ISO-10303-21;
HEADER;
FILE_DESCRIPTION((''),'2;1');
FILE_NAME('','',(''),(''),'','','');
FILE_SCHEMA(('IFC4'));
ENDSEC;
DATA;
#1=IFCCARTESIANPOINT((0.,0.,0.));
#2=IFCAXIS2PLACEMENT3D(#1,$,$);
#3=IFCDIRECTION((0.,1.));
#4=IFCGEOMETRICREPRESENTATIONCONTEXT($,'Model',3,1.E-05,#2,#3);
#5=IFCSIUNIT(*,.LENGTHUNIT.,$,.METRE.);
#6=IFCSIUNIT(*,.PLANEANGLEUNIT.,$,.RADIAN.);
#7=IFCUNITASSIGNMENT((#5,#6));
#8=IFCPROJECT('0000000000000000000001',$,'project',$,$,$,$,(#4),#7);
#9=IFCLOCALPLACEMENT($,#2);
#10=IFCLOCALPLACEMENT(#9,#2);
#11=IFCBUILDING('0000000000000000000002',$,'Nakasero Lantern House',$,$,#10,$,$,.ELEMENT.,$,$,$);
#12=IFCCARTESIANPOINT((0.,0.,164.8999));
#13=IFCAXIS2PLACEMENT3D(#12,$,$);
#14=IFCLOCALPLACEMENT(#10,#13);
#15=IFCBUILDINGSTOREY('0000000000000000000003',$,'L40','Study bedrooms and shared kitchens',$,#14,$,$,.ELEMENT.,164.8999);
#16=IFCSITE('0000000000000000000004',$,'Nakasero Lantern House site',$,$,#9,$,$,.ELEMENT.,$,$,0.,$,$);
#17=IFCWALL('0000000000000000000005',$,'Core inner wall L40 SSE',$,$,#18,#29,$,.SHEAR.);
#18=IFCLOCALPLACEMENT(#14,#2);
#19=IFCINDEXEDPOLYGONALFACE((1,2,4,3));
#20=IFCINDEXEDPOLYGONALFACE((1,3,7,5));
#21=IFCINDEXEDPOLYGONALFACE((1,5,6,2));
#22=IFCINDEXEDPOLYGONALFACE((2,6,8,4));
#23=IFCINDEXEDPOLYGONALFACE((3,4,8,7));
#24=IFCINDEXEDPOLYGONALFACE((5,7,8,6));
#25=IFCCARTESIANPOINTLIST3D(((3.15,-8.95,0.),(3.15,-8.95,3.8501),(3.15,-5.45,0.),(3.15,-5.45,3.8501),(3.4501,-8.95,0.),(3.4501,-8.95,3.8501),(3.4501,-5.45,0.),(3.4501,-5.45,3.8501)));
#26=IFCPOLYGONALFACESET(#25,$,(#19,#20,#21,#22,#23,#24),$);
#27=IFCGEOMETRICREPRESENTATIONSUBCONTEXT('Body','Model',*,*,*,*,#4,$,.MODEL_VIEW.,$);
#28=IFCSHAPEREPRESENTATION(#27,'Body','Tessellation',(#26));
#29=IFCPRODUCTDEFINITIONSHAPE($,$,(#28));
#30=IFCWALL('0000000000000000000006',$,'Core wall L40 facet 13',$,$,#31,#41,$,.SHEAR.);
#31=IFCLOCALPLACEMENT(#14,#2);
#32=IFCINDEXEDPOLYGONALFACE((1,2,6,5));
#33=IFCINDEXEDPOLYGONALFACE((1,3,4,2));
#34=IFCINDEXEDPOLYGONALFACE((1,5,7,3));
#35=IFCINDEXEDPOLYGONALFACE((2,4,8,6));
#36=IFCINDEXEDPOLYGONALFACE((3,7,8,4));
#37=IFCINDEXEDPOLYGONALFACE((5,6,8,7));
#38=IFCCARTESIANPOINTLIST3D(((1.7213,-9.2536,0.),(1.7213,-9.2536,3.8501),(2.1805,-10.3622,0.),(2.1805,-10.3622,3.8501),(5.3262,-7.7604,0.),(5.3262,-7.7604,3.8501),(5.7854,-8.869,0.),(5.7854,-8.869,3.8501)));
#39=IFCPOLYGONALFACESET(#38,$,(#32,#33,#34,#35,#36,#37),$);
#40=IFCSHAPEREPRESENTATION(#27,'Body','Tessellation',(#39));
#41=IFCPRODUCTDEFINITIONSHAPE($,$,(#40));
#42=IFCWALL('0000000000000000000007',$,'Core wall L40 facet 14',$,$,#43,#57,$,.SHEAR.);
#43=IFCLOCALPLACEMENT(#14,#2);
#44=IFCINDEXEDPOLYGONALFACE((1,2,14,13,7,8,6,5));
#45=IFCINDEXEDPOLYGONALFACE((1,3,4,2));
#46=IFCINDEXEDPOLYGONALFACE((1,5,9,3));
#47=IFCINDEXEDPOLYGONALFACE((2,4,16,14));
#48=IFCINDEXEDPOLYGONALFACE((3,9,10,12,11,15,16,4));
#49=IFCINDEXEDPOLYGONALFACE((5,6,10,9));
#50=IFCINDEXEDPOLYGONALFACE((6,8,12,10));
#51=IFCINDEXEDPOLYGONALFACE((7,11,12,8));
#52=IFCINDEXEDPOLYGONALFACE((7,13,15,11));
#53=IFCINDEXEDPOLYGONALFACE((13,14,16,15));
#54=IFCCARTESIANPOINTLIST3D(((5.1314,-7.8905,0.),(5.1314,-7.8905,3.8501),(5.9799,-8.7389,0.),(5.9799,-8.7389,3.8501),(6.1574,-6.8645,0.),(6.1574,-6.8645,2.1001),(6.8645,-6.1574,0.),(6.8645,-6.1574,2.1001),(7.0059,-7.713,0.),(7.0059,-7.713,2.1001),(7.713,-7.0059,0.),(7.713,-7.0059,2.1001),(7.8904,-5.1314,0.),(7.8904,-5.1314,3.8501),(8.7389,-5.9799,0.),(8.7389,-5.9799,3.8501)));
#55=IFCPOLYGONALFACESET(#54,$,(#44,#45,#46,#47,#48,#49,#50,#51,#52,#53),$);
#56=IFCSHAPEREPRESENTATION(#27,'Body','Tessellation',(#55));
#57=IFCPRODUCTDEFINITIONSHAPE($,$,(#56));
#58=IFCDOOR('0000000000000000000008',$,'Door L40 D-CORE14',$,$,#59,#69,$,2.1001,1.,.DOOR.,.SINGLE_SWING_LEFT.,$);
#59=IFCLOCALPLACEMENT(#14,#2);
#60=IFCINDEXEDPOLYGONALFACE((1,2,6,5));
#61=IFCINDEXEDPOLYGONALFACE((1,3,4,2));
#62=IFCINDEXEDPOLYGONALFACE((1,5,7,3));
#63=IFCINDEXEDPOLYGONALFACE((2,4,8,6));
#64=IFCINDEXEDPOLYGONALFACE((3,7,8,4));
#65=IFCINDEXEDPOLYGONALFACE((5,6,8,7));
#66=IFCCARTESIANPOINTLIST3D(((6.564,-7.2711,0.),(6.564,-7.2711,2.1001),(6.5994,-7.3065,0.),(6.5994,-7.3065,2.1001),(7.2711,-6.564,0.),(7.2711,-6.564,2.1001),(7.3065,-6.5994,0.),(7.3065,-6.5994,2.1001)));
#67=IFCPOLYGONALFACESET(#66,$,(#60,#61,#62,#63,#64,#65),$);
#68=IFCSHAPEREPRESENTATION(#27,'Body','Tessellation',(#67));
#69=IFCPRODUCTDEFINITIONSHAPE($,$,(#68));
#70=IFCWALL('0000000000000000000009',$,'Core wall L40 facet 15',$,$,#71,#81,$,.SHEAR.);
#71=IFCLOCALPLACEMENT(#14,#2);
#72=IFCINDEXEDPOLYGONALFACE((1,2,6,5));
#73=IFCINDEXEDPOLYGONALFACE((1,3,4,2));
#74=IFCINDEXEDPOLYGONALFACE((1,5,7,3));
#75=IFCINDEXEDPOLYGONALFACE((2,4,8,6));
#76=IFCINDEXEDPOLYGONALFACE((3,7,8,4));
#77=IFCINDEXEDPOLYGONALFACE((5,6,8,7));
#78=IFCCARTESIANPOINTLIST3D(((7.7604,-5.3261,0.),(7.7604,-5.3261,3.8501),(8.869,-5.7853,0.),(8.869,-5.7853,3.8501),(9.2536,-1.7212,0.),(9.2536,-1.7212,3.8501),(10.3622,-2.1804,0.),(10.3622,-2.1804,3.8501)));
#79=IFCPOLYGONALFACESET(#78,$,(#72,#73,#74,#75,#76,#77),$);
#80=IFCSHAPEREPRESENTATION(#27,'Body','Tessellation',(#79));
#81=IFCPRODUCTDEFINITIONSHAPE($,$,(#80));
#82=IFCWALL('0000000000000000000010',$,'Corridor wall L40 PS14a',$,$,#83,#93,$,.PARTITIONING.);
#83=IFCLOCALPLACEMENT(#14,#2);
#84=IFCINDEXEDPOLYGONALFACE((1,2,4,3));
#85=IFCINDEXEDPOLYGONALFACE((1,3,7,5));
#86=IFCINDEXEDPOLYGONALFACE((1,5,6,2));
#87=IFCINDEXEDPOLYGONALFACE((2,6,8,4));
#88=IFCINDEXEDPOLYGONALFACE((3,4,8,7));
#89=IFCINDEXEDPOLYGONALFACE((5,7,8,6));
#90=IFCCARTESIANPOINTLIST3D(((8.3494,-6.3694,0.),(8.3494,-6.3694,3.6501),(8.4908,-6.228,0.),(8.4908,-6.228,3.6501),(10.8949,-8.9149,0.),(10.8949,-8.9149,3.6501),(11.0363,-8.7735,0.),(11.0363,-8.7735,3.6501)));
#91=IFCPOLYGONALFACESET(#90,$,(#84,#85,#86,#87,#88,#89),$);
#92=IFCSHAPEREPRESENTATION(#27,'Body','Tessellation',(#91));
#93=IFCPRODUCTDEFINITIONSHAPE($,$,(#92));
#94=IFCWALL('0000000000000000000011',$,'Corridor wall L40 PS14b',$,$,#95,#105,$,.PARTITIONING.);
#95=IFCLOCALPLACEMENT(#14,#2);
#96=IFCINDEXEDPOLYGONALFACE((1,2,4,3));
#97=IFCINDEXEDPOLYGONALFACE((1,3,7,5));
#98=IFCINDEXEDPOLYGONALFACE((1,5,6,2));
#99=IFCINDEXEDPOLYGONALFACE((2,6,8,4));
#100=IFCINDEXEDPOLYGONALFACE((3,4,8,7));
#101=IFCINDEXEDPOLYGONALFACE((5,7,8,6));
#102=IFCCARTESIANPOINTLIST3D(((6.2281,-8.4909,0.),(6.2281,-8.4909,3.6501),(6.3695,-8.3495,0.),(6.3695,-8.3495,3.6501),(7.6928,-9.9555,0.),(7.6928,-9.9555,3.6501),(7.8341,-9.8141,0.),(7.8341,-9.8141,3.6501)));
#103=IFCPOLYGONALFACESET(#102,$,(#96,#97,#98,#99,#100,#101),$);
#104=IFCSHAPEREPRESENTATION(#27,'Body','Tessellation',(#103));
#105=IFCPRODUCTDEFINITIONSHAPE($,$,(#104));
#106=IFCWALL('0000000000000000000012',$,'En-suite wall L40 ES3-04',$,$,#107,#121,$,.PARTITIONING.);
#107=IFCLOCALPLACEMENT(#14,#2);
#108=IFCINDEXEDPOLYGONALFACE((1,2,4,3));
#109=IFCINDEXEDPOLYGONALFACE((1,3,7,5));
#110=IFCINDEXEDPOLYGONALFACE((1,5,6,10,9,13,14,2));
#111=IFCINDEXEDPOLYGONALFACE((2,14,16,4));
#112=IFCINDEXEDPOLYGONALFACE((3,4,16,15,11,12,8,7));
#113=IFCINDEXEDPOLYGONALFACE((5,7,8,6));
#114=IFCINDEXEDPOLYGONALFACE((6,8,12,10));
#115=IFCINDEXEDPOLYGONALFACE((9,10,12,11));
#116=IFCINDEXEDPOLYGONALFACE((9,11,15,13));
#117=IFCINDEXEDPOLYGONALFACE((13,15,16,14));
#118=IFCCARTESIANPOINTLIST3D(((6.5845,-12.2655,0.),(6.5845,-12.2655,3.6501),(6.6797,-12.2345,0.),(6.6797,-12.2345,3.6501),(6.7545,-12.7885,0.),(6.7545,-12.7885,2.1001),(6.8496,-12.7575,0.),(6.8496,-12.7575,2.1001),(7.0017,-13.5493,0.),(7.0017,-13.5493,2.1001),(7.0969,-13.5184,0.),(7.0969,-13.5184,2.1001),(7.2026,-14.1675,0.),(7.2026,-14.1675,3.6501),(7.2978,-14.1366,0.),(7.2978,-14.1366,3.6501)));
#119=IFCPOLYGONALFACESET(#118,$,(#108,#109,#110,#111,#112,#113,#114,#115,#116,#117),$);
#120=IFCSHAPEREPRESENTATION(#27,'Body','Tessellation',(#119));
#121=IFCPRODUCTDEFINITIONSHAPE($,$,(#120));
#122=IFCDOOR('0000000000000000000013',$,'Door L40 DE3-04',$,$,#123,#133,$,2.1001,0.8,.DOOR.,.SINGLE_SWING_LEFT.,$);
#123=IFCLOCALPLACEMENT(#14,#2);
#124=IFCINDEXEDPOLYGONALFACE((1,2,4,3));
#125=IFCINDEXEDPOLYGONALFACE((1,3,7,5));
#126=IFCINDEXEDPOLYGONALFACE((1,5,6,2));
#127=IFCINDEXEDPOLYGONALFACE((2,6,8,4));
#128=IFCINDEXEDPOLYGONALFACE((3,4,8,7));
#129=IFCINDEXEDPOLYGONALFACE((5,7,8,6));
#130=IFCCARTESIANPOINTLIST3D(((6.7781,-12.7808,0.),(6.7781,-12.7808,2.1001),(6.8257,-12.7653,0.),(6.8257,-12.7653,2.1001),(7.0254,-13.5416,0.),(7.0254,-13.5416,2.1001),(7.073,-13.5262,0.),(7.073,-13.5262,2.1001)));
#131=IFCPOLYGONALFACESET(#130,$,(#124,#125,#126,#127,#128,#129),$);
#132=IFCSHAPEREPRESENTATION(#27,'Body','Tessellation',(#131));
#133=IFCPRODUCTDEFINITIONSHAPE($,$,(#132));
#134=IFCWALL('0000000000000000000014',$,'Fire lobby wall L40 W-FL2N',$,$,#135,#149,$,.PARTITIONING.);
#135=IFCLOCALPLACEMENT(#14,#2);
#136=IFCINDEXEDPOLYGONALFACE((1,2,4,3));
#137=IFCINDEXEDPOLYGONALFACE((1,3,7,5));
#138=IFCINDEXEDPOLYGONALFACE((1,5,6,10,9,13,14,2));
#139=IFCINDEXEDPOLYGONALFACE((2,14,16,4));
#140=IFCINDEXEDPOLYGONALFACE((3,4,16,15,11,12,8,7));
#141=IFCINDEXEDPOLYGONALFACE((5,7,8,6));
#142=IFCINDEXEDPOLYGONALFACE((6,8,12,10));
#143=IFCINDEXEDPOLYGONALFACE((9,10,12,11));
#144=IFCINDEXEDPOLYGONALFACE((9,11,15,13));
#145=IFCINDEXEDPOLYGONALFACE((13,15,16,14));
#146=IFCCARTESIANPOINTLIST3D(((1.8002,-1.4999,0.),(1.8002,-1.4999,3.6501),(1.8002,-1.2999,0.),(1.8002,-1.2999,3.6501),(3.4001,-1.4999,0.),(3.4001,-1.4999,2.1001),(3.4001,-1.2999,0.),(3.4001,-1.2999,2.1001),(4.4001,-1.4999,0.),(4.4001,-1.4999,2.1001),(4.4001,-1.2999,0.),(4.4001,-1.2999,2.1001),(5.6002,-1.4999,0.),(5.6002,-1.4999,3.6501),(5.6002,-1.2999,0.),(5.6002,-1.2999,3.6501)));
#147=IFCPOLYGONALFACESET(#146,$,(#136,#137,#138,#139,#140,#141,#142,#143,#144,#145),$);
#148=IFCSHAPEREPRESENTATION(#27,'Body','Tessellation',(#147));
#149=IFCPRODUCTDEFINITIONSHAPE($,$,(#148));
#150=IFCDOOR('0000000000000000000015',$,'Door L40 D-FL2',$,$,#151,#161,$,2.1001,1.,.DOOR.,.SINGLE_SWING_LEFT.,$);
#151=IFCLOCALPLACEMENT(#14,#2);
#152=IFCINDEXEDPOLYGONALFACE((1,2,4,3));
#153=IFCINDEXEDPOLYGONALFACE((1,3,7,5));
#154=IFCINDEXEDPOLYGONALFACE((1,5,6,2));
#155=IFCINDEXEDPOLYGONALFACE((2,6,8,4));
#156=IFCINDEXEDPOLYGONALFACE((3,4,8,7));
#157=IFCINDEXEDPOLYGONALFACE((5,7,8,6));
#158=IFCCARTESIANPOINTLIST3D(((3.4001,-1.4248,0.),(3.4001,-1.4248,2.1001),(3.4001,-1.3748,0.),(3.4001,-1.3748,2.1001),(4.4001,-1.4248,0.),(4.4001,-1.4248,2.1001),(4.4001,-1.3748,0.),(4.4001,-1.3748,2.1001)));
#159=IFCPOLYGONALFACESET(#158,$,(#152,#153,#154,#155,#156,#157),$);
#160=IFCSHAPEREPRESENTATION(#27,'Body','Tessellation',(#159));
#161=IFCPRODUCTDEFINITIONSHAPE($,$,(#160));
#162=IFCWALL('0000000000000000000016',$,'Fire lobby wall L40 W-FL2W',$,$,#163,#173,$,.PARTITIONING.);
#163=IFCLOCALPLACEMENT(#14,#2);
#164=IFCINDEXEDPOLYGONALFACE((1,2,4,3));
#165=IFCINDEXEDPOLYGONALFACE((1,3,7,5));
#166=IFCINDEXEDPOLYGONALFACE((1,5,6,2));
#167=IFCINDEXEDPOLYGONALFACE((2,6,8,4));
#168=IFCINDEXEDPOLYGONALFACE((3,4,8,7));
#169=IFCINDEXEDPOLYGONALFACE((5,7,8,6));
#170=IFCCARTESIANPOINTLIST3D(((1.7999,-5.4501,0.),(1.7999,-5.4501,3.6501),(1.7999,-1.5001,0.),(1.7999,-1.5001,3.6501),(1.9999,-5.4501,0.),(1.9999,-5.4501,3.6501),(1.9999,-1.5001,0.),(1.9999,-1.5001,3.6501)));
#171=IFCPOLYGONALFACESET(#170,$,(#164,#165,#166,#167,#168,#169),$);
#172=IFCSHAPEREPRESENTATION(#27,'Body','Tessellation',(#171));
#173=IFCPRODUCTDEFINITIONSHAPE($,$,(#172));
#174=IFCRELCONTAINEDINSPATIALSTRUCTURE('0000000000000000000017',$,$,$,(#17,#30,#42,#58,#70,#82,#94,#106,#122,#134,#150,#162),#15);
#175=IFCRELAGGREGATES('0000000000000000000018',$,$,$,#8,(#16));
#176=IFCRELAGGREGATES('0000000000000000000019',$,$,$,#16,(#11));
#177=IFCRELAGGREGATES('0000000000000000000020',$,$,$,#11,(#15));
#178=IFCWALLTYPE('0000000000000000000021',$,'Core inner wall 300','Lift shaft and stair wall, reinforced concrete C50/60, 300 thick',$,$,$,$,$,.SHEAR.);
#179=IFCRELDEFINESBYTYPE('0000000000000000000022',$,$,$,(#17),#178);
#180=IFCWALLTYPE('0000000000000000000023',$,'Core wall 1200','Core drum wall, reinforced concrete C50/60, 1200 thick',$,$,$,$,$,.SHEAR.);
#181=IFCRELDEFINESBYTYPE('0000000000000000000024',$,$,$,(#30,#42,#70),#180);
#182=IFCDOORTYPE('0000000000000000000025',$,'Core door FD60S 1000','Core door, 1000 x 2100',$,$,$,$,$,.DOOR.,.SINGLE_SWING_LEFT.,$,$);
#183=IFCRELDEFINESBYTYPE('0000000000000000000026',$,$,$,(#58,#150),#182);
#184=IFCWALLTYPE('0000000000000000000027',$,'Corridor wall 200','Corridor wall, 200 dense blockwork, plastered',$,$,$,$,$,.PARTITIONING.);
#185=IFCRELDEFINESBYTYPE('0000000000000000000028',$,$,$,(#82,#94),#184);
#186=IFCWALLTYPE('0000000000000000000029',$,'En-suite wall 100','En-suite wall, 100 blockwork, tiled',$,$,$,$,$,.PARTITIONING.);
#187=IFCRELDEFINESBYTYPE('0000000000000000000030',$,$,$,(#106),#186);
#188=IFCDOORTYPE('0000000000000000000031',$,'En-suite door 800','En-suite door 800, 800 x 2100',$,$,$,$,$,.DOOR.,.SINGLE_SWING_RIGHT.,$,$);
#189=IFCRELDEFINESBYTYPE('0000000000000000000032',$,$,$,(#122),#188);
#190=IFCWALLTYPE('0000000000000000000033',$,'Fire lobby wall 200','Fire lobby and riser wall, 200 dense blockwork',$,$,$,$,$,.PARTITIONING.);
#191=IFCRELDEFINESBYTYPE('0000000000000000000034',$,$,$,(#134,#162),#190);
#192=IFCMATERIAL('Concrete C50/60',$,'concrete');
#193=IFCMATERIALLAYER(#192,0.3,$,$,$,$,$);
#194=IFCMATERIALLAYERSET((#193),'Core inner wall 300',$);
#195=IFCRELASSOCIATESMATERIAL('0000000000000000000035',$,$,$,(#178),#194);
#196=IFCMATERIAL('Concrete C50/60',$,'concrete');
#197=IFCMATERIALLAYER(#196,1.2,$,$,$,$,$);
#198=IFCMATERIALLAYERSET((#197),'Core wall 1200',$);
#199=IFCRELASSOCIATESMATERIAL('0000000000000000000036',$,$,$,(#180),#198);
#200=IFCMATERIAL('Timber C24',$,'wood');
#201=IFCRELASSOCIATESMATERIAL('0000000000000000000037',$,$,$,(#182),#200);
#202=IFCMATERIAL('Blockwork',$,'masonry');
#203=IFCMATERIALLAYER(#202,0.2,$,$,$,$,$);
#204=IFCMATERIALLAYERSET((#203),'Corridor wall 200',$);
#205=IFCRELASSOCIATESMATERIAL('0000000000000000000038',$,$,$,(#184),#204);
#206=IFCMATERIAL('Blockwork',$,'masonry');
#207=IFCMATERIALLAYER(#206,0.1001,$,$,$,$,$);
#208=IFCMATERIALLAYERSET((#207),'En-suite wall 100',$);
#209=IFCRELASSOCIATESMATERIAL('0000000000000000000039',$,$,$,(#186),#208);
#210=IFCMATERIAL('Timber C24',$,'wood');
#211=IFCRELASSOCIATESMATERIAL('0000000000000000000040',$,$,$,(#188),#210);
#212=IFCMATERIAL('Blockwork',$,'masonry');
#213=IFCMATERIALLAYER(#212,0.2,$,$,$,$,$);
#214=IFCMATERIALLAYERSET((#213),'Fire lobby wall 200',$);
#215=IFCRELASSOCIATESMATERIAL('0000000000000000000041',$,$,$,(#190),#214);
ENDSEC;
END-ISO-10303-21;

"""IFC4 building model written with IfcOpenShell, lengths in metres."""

from ifc_helpers import new_model, si_unit, direction, frame, frame_2d, origin, place, context, subcontext, project, spatial, rectangle, extrude, material, layer, layer_set, type_object, element, fill, save


model = new_model("IFC4")

# Units and contexts
model_context = context("Model", 3, precision=1e-05, world=origin(), true_north=direction((0.0, 1.0)))
body_context = subcontext(model_context, "Body", "Model", "MODEL_VIEW")
ifc_project = project(units=[si_unit("LENGTHUNIT", "METRE"), si_unit("PLANEANGLEUNIT", "RADIAN")], contexts=[model_context])

# Site, building, storey
site_placement = place(None, origin())
site = spatial("IfcSite", under=ifc_project, at=site_placement, Name="Nakasero Lantern House site", CompositionType="ELEMENT", RefElevation=0.0)
building_placement = place(site_placement, origin())
building = spatial("IfcBuilding", under=site, at=building_placement, Name="Nakasero Lantern House", CompositionType="ELEMENT")
storey_placement = place(building_placement, frame((0.0, 0.0, 164.8999)))
storey = spatial("IfcBuildingStorey", under=building, at=storey_placement, Name="L40", Description="Study bedrooms and shared kitchens", CompositionType="ELEMENT", Elevation=164.8999)

# Shared definitions
ifc_material_1 = material(Name="Concrete C50/60", Category="concrete")
ifc_layer_1 = layer(ifc_material_1, 0.3)
ifc_layer_set_1 = layer_set([ifc_layer_1], Name="Core inner wall 300")
wall_type_1 = type_object("IfcWallType", Name="Core inner wall 300", Description="Lift shaft and stair wall, reinforced concrete C50/60, 300 thick", PredefinedType="SHEAR", material=ifc_layer_set_1)

# Walls
wall_1_placement = place(storey_placement, frame((3.3, -5.45, 0.0), z_axis=(0.0, 0.0, 1.0), x_axis=(0.0, -1.0, 0.0)))
element("IfcWall", 1, at=wall_1_placement, inside=storey, type_object=wall_type_1, Name="Core inner wall L40 SSE", PredefinedType="SHEAR", context=body_context, shape_type="SweptSolid", body=[
    extrude(rectangle(XDim=3.5, YDim=0.3, at=frame_2d((1.75, 0.0))), origin(), (0.0, 0.0, 1.0), 3.8501),
])
ifc_material_2 = material(Name="Concrete C50/60", Category="concrete")
ifc_layer_2 = layer(ifc_material_2, 1.2)
ifc_layer_set_2 = layer_set([ifc_layer_2], Name="Core wall 1200")
wall_type_2 = type_object("IfcWallType", Name="Core wall 1200", Description="Core drum wall, reinforced concrete C50/60, 1200 thick", PredefinedType="SHEAR", material=ifc_layer_set_2)
wall_2_placement = place(storey_placement, frame((1.9509, -9.8079, 0.0), z_axis=(0.0, 0.0, 1.0), x_axis=(0.923877, 0.382691, 0.0)))
element("IfcWall", 2, at=wall_2_placement, inside=storey, type_object=wall_type_2, Name="Core wall L40 facet 13", PredefinedType="SHEAR", context=body_context, shape_type="SweptSolid", body=[
    extrude(rectangle(XDim=3.9019, YDim=1.2, at=frame_2d((1.9509, 0.0))), origin(), (0.0, 0.0, 1.0), 3.8501),
])

# Wall, opening, door
wall_3_placement = place(storey_placement, frame((5.5557, -8.3147, 0.0), z_axis=(0.0, 0.0, 1.0), x_axis=(0.707107, 0.707107, 0.0)))
wall_3 = element("IfcWall", 3, at=wall_3_placement, inside=storey, type_object=wall_type_2, Name="Core wall L40 facet 14", PredefinedType="SHEAR", context=body_context, shape_type="SweptSolid", body=[
    extrude(rectangle(XDim=3.9019, YDim=1.2, at=frame_2d((1.9509, 0.0))), origin(), (0.0, 0.0, 1.0), 3.8501),
])
opening_1_placement = place(wall_3_placement, frame((1.4509, 0.0, 0.0)))
opening_1 = element("IfcOpeningElement", 4, at=opening_1_placement, cuts=wall_3, PredefinedType="OPENING", context=body_context, shape_type="SweptSolid", body=[
    extrude(rectangle(XDim=1.0, YDim=2.1001, at=frame_2d((0.5, 1.05))), frame((0.0, 0.6199, 0.0), z_axis=(0.0, -1.0, 0.0), x_axis=(1.0, 0.0, 0.0)), (0.0, 0.0, 1.0), 1.24),
])
ifc_material_3 = material(Name="Timber C24", Category="wood")
door_type_1 = type_object("IfcDoorType", Name="Core door FD60S 1000", Description="Core door, 1000 x 2100", OperationType="SINGLE_SWING_LEFT", PredefinedType="DOOR", material=ifc_material_3)
door_1_placement = place(opening_1_placement, origin())
door_1 = element("IfcDoor", 5, at=door_1_placement, inside=storey, type_object=door_type_1, Name="Door L40 D-CORE14", OperationType="SINGLE_SWING_LEFT", OverallHeight=2.1001, OverallWidth=1.0, PredefinedType="DOOR", context=body_context, shape_type="SweptSolid", body=[
    extrude(rectangle(XDim=1.0, YDim=2.1001, at=frame_2d((0.5, 1.05))), frame((0.0, 0.0249, 0.0), z_axis=(0.0, -1.0, 0.0), x_axis=(1.0, 0.0, 0.0)), (0.0, 0.0, 1.0), 0.05),
])
fill(opening_1, door_1)

# Walls
wall_4_placement = place(storey_placement, frame((8.3147, -5.5557, 0.0), z_axis=(0.0, 0.0, 1.0), x_axis=(0.382691, 0.923877, 0.0)))
element("IfcWall", 6, at=wall_4_placement, inside=storey, type_object=wall_type_2, Name="Core wall L40 facet 15", PredefinedType="SHEAR", context=body_context, shape_type="SweptSolid", body=[
    extrude(rectangle(XDim=3.9019, YDim=1.2, at=frame_2d((1.9509, 0.0))), origin(), (0.0, 0.0, 1.0), 3.8501),
])
ifc_material_4 = material(Name="Blockwork", Category="masonry")
ifc_layer_3 = layer(ifc_material_4, 0.2)
ifc_layer_set_3 = layer_set([ifc_layer_3], Name="Corridor wall 200")
wall_type_3 = type_object("IfcWallType", Name="Corridor wall 200", Description="Corridor wall, 200 dense blockwork, plastered", PredefinedType="PARTITIONING", material=ifc_layer_set_3)
wall_5_placement = place(storey_placement, frame((8.4202, -6.2988, 0.0), z_axis=(0.0, 0.0, 1.0), x_axis=(0.707107, -0.707107, 0.0)))
element("IfcWall", 7, at=wall_5_placement, inside=storey, type_object=wall_type_3, Name="Corridor wall L40 PS14a", PredefinedType="PARTITIONING", context=body_context, shape_type="SweptSolid", body=[
    extrude(rectangle(XDim=3.5999, YDim=0.2, at=frame_2d((1.7998, 0.0))), origin(), (0.0, 0.0, 1.0), 3.6501),
])
wall_6_placement = place(storey_placement, frame((6.2988, -8.4202, 0.0), z_axis=(0.0, 0.0, 1.0), x_axis=(0.707107, -0.707107, 0.0)))
element("IfcWall", 8, at=wall_6_placement, inside=storey, type_object=wall_type_3, Name="Corridor wall L40 PS14b", PredefinedType="PARTITIONING", context=body_context, shape_type="SweptSolid", body=[
    extrude(rectangle(XDim=2.0713, YDim=0.2, at=frame_2d((1.0356, 0.0))), origin(), (0.0, 0.0, 1.0), 3.6501),
])

# Walls, openings, doors
ifc_material_5 = material(Name="Blockwork", Category="masonry")
ifc_layer_4 = layer(ifc_material_5, 0.1001)
ifc_layer_set_4 = layer_set([ifc_layer_4], Name="En-suite wall 100")
wall_type_4 = type_object("IfcWallType", Name="En-suite wall 100", Description="En-suite wall, 100 blockwork, tiled", PredefinedType="PARTITIONING", material=ifc_layer_set_4)
wall_7_placement = place(storey_placement, frame((6.6321, -12.25, 0.0), z_axis=(0.0, 0.0, 1.0), x_axis=(0.309078, -0.951037, 0.0)))
wall_7 = element("IfcWall", 9, at=wall_7_placement, inside=storey, type_object=wall_type_4, Name="En-suite wall L40 ES3-04", PredefinedType="PARTITIONING", context=body_context, shape_type="SweptSolid", body=[
    extrude(rectangle(XDim=2.0, YDim=0.1001, at=frame_2d((1.0, 0.0))), origin(), (0.0, 0.0, 1.0), 3.6501),
])
opening_2_placement = place(wall_7_placement, frame((0.55, 0.0, 0.0)))
opening_2 = element("IfcOpeningElement", 10, at=opening_2_placement, cuts=wall_7, PredefinedType="OPENING", context=body_context, shape_type="SweptSolid", body=[
    extrude(rectangle(XDim=0.8, YDim=2.1001, at=frame_2d((0.3999, 1.05))), frame((0.0, 0.0701, 0.0), z_axis=(0.0, -1.0, 0.0), x_axis=(1.0, 0.0, 0.0)), (0.0, 0.0, 1.0), 0.1401),
])
ifc_material_6 = material(Name="Timber C24", Category="wood")
door_type_2 = type_object("IfcDoorType", Name="En-suite door 800", Description="En-suite door 800, 800 x 2100", OperationType="SINGLE_SWING_RIGHT", PredefinedType="DOOR", material=ifc_material_6)
door_2_placement = place(opening_2_placement, origin())
door_2 = element("IfcDoor", 11, at=door_2_placement, inside=storey, type_object=door_type_2, Name="Door L40 DE3-04", OperationType="SINGLE_SWING_LEFT", OverallHeight=2.1001, OverallWidth=0.8, PredefinedType="DOOR", context=body_context, shape_type="SweptSolid", body=[
    extrude(rectangle(XDim=0.8, YDim=2.1001, at=frame_2d((0.3999, 1.05))), frame((0.0, 0.0249, 0.0), z_axis=(0.0, -1.0, 0.0), x_axis=(1.0, 0.0, 0.0)), (0.0, 0.0, 1.0), 0.05),
])
fill(opening_2, door_2)
ifc_material_7 = material(Name="Blockwork", Category="masonry")
ifc_layer_5 = layer(ifc_material_7, 0.2)
ifc_layer_set_5 = layer_set([ifc_layer_5], Name="Fire lobby wall 200")
wall_type_5 = type_object("IfcWallType", Name="Fire lobby wall 200", Description="Fire lobby and riser wall, 200 dense blockwork", PredefinedType="PARTITIONING", material=ifc_layer_set_5)
wall_8_placement = place(storey_placement, frame((5.6001, -1.3999, 0.0), z_axis=(0.0, 0.0, 1.0), x_axis=(-1.0, 0.0, 0.0)))
wall_8 = element("IfcWall", 12, at=wall_8_placement, inside=storey, type_object=wall_type_5, Name="Fire lobby wall L40 W-FL2N", PredefinedType="PARTITIONING", context=body_context, shape_type="SweptSolid", body=[
    extrude(rectangle(XDim=3.8, YDim=0.2, at=frame_2d((1.8999, 0.0))), origin(), (0.0, 0.0, 1.0), 3.6501),
])
opening_3_placement = place(wall_8_placement, frame((1.2, 0.0, 0.0)))
opening_3 = element("IfcOpeningElement", 13, at=opening_3_placement, cuts=wall_8, PredefinedType="OPENING", context=body_context, shape_type="SweptSolid", body=[
    extrude(rectangle(XDim=1.0, YDim=2.1001, at=frame_2d((0.5, 1.05))), frame((0.0, 0.1199, 0.0), z_axis=(0.0, -1.0, 0.0), x_axis=(1.0, 0.0, 0.0)), (0.0, 0.0, 1.0), 0.24),
])
door_3_placement = place(opening_3_placement, origin())
door_3 = element("IfcDoor", 14, at=door_3_placement, inside=storey, type_object=door_type_1, Name="Door L40 D-FL2", OperationType="SINGLE_SWING_LEFT", OverallHeight=2.1001, OverallWidth=1.0, PredefinedType="DOOR", context=body_context, shape_type="SweptSolid", body=[
    extrude(rectangle(XDim=1.0, YDim=2.1001, at=frame_2d((0.5, 1.05))), frame((0.0, 0.0249, 0.0), z_axis=(0.0, -1.0, 0.0), x_axis=(1.0, 0.0, 0.0)), (0.0, 0.0, 1.0), 0.05),
])
fill(opening_3, door_3)

# Wall
wall_9_placement = place(storey_placement, frame((1.8999, -1.5, 0.0), z_axis=(0.0, 0.0, 1.0), x_axis=(0.0, -1.0, 0.0)))
element("IfcWall", 15, at=wall_9_placement, inside=storey, type_object=wall_type_5, Name="Fire lobby wall L40 W-FL2W", PredefinedType="PARTITIONING", context=body_context, shape_type="SweptSolid", body=[
    extrude(rectangle(XDim=3.95, YDim=0.2, at=frame_2d((1.9751, 0.0))), origin(), (0.0, 0.0, 1.0), 3.6501),
])

save(model, "model.ifc")
